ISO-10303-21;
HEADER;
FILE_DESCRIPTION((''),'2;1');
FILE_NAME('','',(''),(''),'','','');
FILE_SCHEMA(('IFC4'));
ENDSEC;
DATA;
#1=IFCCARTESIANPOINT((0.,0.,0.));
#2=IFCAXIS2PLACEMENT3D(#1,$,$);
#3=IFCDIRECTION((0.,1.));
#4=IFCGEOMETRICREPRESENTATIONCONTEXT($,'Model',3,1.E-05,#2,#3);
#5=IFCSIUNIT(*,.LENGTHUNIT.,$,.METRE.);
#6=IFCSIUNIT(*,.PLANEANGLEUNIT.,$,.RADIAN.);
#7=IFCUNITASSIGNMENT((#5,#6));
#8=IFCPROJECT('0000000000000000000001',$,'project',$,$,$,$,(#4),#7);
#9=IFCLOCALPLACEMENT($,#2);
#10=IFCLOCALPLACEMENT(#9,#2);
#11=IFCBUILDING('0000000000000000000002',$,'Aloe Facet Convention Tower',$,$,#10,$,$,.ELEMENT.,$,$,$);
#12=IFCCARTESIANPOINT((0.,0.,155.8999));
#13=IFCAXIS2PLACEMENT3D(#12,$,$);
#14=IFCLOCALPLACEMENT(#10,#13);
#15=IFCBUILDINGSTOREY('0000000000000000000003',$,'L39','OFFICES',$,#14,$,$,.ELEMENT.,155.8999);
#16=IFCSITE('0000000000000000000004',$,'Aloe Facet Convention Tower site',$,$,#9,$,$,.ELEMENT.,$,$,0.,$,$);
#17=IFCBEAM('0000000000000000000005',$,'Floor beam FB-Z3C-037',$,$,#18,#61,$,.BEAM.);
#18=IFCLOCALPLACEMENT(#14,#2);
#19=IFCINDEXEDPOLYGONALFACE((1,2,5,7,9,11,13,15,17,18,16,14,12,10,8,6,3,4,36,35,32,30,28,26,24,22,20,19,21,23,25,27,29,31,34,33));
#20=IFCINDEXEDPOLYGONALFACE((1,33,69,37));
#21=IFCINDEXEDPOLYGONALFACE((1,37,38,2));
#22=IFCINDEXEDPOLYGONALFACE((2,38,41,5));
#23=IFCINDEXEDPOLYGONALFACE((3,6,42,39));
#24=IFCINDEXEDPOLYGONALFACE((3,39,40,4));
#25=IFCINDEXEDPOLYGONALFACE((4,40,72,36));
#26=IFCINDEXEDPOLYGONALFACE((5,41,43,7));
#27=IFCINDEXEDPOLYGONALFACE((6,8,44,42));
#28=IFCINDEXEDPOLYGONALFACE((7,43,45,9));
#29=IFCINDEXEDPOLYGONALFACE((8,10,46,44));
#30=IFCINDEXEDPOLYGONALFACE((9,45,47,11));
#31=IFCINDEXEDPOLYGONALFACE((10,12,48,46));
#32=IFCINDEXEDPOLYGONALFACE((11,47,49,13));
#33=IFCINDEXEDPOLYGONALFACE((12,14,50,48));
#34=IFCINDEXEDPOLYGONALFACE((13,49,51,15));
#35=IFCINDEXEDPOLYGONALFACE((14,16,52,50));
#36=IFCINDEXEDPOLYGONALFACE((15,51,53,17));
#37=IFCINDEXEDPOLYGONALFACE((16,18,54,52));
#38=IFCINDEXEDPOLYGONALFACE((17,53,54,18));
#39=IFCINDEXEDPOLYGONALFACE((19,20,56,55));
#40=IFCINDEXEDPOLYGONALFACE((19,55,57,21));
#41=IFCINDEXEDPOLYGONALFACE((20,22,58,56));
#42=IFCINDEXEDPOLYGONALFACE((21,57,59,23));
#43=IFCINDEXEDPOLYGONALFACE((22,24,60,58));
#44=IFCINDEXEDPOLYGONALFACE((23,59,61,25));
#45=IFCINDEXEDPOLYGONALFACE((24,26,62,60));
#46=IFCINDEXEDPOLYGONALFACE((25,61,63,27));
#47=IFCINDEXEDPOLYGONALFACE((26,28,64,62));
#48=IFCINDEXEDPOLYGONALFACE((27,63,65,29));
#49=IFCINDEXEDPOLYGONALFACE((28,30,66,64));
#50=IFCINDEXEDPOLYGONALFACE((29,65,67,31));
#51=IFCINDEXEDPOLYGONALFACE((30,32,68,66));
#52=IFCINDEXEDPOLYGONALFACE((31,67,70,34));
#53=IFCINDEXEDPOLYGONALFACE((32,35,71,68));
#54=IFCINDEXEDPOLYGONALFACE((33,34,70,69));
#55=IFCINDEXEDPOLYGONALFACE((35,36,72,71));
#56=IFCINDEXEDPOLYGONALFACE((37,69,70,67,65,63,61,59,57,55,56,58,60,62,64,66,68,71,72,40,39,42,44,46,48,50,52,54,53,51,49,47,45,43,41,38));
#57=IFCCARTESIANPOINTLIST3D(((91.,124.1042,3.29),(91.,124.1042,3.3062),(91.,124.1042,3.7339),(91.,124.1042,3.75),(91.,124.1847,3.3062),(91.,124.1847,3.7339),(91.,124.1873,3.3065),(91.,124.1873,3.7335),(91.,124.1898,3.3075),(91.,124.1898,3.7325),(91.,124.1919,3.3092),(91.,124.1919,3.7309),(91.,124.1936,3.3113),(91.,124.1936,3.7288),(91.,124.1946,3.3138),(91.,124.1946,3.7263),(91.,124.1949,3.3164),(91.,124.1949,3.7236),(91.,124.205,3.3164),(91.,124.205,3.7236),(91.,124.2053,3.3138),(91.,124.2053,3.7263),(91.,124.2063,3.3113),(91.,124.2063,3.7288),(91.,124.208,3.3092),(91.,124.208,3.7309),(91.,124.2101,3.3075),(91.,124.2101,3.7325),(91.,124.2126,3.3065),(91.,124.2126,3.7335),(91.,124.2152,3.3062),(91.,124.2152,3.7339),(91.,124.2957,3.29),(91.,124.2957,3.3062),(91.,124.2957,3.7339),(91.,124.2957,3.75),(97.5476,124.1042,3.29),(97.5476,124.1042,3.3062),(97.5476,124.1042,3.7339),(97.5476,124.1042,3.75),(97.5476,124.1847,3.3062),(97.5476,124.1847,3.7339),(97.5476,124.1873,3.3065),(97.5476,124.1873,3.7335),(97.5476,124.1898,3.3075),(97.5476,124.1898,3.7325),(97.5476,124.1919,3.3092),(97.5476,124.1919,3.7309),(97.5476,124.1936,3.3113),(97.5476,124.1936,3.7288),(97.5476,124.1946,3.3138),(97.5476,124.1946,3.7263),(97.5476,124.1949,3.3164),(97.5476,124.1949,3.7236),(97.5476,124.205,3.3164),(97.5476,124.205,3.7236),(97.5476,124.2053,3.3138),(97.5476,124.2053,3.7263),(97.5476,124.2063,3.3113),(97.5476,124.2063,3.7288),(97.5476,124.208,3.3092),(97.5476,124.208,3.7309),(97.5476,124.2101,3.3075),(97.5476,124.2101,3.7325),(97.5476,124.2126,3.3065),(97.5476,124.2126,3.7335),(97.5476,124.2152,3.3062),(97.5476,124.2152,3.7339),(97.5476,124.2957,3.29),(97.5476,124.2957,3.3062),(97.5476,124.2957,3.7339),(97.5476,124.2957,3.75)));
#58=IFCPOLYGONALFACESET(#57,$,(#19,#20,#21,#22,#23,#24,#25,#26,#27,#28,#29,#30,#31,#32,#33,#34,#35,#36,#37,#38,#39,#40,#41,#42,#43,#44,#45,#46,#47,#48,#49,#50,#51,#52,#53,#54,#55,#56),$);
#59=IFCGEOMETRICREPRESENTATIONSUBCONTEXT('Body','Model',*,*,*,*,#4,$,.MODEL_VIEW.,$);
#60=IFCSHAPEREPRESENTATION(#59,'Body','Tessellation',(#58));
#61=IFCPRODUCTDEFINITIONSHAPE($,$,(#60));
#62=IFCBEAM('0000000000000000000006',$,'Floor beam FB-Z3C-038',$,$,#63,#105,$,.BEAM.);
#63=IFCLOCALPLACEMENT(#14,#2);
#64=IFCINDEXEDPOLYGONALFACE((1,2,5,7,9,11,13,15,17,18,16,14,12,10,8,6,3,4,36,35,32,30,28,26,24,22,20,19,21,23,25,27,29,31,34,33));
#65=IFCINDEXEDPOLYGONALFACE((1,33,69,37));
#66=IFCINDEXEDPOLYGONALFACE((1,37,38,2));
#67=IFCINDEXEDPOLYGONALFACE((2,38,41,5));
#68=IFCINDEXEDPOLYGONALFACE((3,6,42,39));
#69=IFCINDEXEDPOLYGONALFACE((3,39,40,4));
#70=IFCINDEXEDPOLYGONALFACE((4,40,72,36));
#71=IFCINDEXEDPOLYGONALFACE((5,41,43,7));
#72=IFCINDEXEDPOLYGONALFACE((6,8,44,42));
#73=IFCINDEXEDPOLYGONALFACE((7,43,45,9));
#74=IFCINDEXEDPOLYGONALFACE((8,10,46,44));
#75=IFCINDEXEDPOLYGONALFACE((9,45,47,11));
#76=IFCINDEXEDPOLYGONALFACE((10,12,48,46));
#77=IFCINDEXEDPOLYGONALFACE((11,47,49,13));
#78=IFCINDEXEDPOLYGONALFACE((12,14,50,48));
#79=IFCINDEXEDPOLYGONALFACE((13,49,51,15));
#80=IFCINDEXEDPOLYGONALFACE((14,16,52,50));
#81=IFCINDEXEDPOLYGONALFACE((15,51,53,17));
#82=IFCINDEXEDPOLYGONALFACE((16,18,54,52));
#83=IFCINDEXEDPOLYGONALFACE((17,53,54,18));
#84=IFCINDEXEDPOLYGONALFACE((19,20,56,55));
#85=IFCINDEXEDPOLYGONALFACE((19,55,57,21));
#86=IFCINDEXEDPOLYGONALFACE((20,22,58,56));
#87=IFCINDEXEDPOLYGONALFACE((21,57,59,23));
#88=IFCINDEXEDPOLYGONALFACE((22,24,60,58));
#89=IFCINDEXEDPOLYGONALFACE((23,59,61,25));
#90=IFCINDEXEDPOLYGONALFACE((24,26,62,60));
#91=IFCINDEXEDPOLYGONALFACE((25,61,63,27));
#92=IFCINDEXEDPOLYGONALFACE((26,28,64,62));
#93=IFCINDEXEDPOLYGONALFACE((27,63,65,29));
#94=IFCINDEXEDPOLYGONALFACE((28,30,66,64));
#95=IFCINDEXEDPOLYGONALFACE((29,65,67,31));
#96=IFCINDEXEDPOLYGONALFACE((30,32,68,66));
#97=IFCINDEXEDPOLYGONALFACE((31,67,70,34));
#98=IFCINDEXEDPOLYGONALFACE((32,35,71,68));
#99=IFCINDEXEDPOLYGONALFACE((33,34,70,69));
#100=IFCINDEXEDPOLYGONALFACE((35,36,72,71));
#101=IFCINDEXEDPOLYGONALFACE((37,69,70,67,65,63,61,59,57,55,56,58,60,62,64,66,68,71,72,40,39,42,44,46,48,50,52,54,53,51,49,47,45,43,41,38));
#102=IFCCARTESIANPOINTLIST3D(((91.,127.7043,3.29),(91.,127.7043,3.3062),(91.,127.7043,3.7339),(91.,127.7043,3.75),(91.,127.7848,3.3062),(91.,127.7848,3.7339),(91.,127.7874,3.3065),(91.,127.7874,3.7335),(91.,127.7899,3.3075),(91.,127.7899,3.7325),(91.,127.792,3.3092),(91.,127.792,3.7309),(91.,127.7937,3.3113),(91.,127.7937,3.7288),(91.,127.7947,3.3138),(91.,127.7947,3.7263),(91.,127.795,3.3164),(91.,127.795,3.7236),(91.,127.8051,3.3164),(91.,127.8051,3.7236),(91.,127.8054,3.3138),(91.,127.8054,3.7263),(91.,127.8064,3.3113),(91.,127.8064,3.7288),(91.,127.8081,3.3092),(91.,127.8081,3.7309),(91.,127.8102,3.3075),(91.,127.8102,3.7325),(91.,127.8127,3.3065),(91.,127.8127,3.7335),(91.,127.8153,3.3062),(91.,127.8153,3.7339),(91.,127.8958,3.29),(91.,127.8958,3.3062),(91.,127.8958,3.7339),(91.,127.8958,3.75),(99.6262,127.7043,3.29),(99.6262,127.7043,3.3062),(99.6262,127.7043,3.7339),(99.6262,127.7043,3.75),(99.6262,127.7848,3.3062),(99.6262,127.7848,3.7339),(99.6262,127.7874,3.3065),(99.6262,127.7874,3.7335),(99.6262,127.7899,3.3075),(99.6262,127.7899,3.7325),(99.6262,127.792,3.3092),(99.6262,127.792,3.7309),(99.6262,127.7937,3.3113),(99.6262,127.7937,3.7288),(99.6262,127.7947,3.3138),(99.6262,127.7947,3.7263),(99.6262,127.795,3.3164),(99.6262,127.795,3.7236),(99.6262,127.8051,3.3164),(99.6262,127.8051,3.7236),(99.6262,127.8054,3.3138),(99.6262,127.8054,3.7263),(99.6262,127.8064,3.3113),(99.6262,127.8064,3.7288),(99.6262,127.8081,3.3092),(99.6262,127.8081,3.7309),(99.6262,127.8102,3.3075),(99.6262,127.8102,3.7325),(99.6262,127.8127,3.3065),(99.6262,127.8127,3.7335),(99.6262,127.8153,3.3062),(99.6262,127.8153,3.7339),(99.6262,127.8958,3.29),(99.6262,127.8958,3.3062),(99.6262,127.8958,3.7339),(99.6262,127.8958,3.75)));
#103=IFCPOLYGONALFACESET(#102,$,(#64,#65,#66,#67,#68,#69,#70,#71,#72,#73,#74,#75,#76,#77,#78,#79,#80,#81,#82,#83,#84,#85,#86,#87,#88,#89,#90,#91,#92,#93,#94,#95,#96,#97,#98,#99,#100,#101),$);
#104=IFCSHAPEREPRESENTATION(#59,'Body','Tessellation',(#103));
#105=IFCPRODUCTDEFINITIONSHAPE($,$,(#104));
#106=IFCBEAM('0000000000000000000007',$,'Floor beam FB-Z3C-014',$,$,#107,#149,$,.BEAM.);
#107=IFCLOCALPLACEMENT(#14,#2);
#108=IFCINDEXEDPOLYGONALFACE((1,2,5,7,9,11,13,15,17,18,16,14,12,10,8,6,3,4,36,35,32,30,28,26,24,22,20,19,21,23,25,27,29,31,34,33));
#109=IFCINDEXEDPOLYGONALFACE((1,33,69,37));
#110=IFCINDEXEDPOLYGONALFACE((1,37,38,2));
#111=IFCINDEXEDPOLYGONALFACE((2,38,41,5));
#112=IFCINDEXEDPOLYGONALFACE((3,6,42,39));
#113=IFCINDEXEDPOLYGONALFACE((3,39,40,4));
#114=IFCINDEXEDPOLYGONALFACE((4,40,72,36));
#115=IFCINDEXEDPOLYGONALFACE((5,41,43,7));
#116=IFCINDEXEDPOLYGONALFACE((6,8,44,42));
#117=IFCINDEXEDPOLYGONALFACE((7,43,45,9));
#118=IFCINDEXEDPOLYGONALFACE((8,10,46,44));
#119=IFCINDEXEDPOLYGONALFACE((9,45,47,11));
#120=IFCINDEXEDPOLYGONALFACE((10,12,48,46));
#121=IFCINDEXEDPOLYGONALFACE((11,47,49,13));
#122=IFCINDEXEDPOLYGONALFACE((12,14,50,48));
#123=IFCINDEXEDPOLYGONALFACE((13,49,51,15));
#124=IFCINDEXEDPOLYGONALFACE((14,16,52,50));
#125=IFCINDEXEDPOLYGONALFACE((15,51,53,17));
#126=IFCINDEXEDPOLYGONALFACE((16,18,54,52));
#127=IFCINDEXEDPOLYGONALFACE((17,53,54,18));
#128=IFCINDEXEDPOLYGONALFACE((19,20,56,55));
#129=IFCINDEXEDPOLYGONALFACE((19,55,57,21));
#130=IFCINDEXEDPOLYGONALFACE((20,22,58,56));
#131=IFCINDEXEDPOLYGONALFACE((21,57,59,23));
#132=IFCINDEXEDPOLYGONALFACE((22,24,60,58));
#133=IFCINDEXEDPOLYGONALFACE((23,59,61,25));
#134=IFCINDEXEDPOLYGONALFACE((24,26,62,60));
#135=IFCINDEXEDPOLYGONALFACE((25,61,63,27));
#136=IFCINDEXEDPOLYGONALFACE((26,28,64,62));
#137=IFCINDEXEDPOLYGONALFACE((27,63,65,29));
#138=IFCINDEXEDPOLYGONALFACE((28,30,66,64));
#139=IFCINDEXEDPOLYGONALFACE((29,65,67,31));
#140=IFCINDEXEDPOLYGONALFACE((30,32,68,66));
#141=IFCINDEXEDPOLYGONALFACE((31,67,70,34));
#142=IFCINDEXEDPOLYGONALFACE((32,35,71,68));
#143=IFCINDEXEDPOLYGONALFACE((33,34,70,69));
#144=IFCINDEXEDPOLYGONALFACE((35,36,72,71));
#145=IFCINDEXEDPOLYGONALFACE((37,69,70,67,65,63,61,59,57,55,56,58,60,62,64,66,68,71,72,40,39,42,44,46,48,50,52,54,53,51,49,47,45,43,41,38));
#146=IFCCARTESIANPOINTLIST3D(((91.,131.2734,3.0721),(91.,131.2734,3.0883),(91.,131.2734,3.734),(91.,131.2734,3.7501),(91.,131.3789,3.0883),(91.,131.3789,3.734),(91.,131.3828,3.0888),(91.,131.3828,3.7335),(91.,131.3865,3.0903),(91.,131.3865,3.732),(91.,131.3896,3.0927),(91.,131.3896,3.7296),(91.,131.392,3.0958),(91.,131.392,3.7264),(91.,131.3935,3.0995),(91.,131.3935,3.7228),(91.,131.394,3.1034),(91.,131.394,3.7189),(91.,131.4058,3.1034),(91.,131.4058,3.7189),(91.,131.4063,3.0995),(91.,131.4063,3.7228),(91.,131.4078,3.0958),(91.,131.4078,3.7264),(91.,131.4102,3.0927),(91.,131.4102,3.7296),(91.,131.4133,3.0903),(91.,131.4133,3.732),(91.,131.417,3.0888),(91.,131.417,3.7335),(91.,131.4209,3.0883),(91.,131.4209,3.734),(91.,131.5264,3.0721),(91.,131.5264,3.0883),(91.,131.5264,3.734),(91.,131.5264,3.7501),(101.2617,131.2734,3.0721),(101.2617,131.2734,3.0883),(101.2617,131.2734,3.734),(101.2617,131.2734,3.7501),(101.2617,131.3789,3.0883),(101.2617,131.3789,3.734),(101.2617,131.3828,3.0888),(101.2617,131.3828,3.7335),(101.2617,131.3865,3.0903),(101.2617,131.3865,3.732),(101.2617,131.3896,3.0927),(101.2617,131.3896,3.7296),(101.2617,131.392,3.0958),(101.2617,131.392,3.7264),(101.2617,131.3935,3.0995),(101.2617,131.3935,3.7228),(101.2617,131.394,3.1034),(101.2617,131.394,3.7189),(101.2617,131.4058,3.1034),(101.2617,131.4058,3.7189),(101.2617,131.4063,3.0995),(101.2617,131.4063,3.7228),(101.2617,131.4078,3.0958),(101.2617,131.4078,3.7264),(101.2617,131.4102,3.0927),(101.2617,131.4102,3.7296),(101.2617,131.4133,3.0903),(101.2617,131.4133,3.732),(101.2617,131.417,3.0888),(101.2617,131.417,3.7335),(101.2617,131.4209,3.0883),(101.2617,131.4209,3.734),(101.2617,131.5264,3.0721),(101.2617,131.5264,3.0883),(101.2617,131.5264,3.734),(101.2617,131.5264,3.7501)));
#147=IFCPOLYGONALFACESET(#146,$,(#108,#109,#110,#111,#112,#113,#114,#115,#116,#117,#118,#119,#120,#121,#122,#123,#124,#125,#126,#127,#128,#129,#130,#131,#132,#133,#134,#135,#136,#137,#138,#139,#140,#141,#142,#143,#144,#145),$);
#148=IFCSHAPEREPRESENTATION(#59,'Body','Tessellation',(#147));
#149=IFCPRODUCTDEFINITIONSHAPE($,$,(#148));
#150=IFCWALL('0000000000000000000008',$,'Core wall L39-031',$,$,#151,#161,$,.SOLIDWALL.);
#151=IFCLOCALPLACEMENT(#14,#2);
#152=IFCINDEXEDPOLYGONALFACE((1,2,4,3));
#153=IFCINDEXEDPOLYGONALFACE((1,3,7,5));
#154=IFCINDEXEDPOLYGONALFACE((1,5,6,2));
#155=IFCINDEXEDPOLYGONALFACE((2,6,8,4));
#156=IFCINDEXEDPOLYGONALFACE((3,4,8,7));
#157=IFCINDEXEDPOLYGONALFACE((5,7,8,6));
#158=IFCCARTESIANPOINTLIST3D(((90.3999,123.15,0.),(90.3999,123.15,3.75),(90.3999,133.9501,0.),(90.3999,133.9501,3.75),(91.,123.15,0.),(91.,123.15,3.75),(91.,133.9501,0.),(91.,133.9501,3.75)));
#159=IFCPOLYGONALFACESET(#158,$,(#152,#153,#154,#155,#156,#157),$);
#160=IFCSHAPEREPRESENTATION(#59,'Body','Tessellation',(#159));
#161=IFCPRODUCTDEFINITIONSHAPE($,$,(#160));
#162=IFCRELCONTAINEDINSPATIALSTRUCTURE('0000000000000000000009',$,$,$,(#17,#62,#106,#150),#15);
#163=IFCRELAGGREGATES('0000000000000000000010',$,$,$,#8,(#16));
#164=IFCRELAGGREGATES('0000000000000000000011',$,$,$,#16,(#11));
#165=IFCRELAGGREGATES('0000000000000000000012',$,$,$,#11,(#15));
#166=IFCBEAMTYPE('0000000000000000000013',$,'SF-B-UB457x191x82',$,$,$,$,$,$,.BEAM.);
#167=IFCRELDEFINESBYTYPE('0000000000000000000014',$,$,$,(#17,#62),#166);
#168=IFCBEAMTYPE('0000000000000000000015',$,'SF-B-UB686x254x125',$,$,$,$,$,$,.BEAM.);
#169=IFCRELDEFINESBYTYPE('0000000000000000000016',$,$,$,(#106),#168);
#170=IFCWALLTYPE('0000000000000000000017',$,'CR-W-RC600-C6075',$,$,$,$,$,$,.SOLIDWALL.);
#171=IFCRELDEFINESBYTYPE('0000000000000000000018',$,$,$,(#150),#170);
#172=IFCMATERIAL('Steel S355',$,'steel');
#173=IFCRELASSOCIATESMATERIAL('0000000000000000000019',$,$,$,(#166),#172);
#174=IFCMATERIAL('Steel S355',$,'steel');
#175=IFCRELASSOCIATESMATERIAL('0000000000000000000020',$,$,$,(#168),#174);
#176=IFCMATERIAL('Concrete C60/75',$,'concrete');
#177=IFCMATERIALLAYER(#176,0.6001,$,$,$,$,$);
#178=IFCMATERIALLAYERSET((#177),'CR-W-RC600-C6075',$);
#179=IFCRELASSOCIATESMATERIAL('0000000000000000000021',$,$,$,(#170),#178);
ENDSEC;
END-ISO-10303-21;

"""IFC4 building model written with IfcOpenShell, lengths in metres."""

from ifc_helpers import new_model, si_unit, direction, frame, frame_2d, origin, origin_2d, place, context, subcontext, project, spatial, rectangle, i_section, extrude, material, layer, layer_set, material_profile, profile_set, type_object, element, save


model = new_model("IFC4")

# Units and contexts
model_context = context("Model", 3, precision=1e-05, world=origin(), true_north=direction((0.0, 1.0)))
body_context = subcontext(model_context, "Body", "Model", "MODEL_VIEW")
ifc_project = project(units=[si_unit("LENGTHUNIT", "METRE"), si_unit("PLANEANGLEUNIT", "RADIAN")], contexts=[model_context])

# Site, building, storey
site_placement = place(None, origin())
site = spatial("IfcSite", under=ifc_project, at=site_placement, Name="Aloe Facet Convention Tower site", CompositionType="ELEMENT", RefElevation=0.0)
building_placement = place(site_placement, origin())
building = spatial("IfcBuilding", under=site, at=building_placement, Name="Aloe Facet Convention Tower", CompositionType="ELEMENT")
storey_placement = place(building_placement, frame((0.0, 0.0, 155.8999)))
storey = spatial("IfcBuildingStorey", under=building, at=storey_placement, Name="L39", Description="OFFICES", CompositionType="ELEMENT", Elevation=155.8999)

# Beams
ifc_material_1 = material(Name="Steel S355", Category="steel")
ifc_material_profile_1 = material_profile(ifc_material_1, i_section(OverallWidth=0.1914, OverallDepth=0.46, WebThickness=0.01, FlangeThickness=0.0161, FilletRadius=0.0103, at=origin_2d()), Name="UB 457x191x82")
ifc_profile_set_1 = profile_set([ifc_material_profile_1], Name="Steel S355")
beam_type_1 = type_object("IfcBeamType", Name="SF-B-UB457x191x82", PredefinedType="BEAM", material=ifc_profile_set_1)
beam_1_placement = place(storey_placement, frame((91.0, 124.2, 3.52), z_axis=(1.0, 0.0, 0.0), x_axis=(0.0, 1.0, 0.0)))
element("IfcBeam", 1, at=beam_1_placement, inside=storey, type_object=beam_type_1, Name="Floor beam FB-Z3C-037", PredefinedType="BEAM", context=body_context, shape_type="SweptSolid", body=[
    extrude(i_section(OverallWidth=0.1914, OverallDepth=0.46, WebThickness=0.01, FlangeThickness=0.0161, FilletRadius=0.0103, at=origin_2d()), origin(), (0.0, 0.0, 1.0), 6.5476),
])
beam_2_placement = place(storey_placement, frame((91.0, 127.8, 3.52), z_axis=(1.0, 0.0, 0.0), x_axis=(0.0, 1.0, 0.0)))
element("IfcBeam", 2, at=beam_2_placement, inside=storey, type_object=beam_type_1, Name="Floor beam FB-Z3C-038", PredefinedType="BEAM", context=body_context, shape_type="SweptSolid", body=[
    extrude(i_section(OverallWidth=0.1914, OverallDepth=0.46, WebThickness=0.01, FlangeThickness=0.0161, FilletRadius=0.0103, at=origin_2d()), origin(), (0.0, 0.0, 1.0), 8.6262),
])
ifc_material_2 = material(Name="Steel S355", Category="steel")
ifc_material_profile_2 = material_profile(ifc_material_2, i_section(OverallWidth=0.2529, OverallDepth=0.678, WebThickness=0.0117, FlangeThickness=0.0161, FilletRadius=0.0151, at=origin_2d()), Name="UB 686x254x125")
ifc_profile_set_2 = profile_set([ifc_material_profile_2], Name="Steel S355")
beam_type_2 = type_object("IfcBeamType", Name="SF-B-UB686x254x125", PredefinedType="BEAM", material=ifc_profile_set_2)
beam_3_placement = place(storey_placement, frame((91.0, 131.3999, 3.4111), z_axis=(1.0, 0.0, 0.0), x_axis=(0.0, 1.0, 0.0)))
element("IfcBeam", 3, at=beam_3_placement, inside=storey, type_object=beam_type_2, Name="Floor beam FB-Z3C-014", PredefinedType="BEAM", context=body_context, shape_type="SweptSolid", body=[
    extrude(i_section(OverallWidth=0.2529, OverallDepth=0.678, WebThickness=0.0117, FlangeThickness=0.0161, FilletRadius=0.0151, at=origin_2d()), origin(), (0.0, 0.0, 1.0), 10.2617),
])

# Wall
ifc_material_3 = material(Name="Concrete C60/75", Category="concrete")
ifc_layer_1 = layer(ifc_material_3, 0.6001)
ifc_layer_set_1 = layer_set([ifc_layer_1], Name="CR-W-RC600-C6075")
wall_type_1 = type_object("IfcWallType", Name="CR-W-RC600-C6075", PredefinedType="SOLIDWALL", material=ifc_layer_set_1)
wall_1_placement = place(storey_placement, frame((90.7, 133.95, 0.0), z_axis=(0.0, 0.0, 1.0), x_axis=(0.0, -1.0, 0.0)))
element("IfcWall", 4, at=wall_1_placement, inside=storey, type_object=wall_type_1, Name="Core wall L39-031", PredefinedType="SOLIDWALL", context=body_context, shape_type="SweptSolid", body=[
    extrude(rectangle(XDim=10.8, YDim=0.6001, at=frame_2d((5.3999, 0.0))), origin(), (0.0, 0.0, 1.0), 3.75),
])

save(model, "model.ifc")
